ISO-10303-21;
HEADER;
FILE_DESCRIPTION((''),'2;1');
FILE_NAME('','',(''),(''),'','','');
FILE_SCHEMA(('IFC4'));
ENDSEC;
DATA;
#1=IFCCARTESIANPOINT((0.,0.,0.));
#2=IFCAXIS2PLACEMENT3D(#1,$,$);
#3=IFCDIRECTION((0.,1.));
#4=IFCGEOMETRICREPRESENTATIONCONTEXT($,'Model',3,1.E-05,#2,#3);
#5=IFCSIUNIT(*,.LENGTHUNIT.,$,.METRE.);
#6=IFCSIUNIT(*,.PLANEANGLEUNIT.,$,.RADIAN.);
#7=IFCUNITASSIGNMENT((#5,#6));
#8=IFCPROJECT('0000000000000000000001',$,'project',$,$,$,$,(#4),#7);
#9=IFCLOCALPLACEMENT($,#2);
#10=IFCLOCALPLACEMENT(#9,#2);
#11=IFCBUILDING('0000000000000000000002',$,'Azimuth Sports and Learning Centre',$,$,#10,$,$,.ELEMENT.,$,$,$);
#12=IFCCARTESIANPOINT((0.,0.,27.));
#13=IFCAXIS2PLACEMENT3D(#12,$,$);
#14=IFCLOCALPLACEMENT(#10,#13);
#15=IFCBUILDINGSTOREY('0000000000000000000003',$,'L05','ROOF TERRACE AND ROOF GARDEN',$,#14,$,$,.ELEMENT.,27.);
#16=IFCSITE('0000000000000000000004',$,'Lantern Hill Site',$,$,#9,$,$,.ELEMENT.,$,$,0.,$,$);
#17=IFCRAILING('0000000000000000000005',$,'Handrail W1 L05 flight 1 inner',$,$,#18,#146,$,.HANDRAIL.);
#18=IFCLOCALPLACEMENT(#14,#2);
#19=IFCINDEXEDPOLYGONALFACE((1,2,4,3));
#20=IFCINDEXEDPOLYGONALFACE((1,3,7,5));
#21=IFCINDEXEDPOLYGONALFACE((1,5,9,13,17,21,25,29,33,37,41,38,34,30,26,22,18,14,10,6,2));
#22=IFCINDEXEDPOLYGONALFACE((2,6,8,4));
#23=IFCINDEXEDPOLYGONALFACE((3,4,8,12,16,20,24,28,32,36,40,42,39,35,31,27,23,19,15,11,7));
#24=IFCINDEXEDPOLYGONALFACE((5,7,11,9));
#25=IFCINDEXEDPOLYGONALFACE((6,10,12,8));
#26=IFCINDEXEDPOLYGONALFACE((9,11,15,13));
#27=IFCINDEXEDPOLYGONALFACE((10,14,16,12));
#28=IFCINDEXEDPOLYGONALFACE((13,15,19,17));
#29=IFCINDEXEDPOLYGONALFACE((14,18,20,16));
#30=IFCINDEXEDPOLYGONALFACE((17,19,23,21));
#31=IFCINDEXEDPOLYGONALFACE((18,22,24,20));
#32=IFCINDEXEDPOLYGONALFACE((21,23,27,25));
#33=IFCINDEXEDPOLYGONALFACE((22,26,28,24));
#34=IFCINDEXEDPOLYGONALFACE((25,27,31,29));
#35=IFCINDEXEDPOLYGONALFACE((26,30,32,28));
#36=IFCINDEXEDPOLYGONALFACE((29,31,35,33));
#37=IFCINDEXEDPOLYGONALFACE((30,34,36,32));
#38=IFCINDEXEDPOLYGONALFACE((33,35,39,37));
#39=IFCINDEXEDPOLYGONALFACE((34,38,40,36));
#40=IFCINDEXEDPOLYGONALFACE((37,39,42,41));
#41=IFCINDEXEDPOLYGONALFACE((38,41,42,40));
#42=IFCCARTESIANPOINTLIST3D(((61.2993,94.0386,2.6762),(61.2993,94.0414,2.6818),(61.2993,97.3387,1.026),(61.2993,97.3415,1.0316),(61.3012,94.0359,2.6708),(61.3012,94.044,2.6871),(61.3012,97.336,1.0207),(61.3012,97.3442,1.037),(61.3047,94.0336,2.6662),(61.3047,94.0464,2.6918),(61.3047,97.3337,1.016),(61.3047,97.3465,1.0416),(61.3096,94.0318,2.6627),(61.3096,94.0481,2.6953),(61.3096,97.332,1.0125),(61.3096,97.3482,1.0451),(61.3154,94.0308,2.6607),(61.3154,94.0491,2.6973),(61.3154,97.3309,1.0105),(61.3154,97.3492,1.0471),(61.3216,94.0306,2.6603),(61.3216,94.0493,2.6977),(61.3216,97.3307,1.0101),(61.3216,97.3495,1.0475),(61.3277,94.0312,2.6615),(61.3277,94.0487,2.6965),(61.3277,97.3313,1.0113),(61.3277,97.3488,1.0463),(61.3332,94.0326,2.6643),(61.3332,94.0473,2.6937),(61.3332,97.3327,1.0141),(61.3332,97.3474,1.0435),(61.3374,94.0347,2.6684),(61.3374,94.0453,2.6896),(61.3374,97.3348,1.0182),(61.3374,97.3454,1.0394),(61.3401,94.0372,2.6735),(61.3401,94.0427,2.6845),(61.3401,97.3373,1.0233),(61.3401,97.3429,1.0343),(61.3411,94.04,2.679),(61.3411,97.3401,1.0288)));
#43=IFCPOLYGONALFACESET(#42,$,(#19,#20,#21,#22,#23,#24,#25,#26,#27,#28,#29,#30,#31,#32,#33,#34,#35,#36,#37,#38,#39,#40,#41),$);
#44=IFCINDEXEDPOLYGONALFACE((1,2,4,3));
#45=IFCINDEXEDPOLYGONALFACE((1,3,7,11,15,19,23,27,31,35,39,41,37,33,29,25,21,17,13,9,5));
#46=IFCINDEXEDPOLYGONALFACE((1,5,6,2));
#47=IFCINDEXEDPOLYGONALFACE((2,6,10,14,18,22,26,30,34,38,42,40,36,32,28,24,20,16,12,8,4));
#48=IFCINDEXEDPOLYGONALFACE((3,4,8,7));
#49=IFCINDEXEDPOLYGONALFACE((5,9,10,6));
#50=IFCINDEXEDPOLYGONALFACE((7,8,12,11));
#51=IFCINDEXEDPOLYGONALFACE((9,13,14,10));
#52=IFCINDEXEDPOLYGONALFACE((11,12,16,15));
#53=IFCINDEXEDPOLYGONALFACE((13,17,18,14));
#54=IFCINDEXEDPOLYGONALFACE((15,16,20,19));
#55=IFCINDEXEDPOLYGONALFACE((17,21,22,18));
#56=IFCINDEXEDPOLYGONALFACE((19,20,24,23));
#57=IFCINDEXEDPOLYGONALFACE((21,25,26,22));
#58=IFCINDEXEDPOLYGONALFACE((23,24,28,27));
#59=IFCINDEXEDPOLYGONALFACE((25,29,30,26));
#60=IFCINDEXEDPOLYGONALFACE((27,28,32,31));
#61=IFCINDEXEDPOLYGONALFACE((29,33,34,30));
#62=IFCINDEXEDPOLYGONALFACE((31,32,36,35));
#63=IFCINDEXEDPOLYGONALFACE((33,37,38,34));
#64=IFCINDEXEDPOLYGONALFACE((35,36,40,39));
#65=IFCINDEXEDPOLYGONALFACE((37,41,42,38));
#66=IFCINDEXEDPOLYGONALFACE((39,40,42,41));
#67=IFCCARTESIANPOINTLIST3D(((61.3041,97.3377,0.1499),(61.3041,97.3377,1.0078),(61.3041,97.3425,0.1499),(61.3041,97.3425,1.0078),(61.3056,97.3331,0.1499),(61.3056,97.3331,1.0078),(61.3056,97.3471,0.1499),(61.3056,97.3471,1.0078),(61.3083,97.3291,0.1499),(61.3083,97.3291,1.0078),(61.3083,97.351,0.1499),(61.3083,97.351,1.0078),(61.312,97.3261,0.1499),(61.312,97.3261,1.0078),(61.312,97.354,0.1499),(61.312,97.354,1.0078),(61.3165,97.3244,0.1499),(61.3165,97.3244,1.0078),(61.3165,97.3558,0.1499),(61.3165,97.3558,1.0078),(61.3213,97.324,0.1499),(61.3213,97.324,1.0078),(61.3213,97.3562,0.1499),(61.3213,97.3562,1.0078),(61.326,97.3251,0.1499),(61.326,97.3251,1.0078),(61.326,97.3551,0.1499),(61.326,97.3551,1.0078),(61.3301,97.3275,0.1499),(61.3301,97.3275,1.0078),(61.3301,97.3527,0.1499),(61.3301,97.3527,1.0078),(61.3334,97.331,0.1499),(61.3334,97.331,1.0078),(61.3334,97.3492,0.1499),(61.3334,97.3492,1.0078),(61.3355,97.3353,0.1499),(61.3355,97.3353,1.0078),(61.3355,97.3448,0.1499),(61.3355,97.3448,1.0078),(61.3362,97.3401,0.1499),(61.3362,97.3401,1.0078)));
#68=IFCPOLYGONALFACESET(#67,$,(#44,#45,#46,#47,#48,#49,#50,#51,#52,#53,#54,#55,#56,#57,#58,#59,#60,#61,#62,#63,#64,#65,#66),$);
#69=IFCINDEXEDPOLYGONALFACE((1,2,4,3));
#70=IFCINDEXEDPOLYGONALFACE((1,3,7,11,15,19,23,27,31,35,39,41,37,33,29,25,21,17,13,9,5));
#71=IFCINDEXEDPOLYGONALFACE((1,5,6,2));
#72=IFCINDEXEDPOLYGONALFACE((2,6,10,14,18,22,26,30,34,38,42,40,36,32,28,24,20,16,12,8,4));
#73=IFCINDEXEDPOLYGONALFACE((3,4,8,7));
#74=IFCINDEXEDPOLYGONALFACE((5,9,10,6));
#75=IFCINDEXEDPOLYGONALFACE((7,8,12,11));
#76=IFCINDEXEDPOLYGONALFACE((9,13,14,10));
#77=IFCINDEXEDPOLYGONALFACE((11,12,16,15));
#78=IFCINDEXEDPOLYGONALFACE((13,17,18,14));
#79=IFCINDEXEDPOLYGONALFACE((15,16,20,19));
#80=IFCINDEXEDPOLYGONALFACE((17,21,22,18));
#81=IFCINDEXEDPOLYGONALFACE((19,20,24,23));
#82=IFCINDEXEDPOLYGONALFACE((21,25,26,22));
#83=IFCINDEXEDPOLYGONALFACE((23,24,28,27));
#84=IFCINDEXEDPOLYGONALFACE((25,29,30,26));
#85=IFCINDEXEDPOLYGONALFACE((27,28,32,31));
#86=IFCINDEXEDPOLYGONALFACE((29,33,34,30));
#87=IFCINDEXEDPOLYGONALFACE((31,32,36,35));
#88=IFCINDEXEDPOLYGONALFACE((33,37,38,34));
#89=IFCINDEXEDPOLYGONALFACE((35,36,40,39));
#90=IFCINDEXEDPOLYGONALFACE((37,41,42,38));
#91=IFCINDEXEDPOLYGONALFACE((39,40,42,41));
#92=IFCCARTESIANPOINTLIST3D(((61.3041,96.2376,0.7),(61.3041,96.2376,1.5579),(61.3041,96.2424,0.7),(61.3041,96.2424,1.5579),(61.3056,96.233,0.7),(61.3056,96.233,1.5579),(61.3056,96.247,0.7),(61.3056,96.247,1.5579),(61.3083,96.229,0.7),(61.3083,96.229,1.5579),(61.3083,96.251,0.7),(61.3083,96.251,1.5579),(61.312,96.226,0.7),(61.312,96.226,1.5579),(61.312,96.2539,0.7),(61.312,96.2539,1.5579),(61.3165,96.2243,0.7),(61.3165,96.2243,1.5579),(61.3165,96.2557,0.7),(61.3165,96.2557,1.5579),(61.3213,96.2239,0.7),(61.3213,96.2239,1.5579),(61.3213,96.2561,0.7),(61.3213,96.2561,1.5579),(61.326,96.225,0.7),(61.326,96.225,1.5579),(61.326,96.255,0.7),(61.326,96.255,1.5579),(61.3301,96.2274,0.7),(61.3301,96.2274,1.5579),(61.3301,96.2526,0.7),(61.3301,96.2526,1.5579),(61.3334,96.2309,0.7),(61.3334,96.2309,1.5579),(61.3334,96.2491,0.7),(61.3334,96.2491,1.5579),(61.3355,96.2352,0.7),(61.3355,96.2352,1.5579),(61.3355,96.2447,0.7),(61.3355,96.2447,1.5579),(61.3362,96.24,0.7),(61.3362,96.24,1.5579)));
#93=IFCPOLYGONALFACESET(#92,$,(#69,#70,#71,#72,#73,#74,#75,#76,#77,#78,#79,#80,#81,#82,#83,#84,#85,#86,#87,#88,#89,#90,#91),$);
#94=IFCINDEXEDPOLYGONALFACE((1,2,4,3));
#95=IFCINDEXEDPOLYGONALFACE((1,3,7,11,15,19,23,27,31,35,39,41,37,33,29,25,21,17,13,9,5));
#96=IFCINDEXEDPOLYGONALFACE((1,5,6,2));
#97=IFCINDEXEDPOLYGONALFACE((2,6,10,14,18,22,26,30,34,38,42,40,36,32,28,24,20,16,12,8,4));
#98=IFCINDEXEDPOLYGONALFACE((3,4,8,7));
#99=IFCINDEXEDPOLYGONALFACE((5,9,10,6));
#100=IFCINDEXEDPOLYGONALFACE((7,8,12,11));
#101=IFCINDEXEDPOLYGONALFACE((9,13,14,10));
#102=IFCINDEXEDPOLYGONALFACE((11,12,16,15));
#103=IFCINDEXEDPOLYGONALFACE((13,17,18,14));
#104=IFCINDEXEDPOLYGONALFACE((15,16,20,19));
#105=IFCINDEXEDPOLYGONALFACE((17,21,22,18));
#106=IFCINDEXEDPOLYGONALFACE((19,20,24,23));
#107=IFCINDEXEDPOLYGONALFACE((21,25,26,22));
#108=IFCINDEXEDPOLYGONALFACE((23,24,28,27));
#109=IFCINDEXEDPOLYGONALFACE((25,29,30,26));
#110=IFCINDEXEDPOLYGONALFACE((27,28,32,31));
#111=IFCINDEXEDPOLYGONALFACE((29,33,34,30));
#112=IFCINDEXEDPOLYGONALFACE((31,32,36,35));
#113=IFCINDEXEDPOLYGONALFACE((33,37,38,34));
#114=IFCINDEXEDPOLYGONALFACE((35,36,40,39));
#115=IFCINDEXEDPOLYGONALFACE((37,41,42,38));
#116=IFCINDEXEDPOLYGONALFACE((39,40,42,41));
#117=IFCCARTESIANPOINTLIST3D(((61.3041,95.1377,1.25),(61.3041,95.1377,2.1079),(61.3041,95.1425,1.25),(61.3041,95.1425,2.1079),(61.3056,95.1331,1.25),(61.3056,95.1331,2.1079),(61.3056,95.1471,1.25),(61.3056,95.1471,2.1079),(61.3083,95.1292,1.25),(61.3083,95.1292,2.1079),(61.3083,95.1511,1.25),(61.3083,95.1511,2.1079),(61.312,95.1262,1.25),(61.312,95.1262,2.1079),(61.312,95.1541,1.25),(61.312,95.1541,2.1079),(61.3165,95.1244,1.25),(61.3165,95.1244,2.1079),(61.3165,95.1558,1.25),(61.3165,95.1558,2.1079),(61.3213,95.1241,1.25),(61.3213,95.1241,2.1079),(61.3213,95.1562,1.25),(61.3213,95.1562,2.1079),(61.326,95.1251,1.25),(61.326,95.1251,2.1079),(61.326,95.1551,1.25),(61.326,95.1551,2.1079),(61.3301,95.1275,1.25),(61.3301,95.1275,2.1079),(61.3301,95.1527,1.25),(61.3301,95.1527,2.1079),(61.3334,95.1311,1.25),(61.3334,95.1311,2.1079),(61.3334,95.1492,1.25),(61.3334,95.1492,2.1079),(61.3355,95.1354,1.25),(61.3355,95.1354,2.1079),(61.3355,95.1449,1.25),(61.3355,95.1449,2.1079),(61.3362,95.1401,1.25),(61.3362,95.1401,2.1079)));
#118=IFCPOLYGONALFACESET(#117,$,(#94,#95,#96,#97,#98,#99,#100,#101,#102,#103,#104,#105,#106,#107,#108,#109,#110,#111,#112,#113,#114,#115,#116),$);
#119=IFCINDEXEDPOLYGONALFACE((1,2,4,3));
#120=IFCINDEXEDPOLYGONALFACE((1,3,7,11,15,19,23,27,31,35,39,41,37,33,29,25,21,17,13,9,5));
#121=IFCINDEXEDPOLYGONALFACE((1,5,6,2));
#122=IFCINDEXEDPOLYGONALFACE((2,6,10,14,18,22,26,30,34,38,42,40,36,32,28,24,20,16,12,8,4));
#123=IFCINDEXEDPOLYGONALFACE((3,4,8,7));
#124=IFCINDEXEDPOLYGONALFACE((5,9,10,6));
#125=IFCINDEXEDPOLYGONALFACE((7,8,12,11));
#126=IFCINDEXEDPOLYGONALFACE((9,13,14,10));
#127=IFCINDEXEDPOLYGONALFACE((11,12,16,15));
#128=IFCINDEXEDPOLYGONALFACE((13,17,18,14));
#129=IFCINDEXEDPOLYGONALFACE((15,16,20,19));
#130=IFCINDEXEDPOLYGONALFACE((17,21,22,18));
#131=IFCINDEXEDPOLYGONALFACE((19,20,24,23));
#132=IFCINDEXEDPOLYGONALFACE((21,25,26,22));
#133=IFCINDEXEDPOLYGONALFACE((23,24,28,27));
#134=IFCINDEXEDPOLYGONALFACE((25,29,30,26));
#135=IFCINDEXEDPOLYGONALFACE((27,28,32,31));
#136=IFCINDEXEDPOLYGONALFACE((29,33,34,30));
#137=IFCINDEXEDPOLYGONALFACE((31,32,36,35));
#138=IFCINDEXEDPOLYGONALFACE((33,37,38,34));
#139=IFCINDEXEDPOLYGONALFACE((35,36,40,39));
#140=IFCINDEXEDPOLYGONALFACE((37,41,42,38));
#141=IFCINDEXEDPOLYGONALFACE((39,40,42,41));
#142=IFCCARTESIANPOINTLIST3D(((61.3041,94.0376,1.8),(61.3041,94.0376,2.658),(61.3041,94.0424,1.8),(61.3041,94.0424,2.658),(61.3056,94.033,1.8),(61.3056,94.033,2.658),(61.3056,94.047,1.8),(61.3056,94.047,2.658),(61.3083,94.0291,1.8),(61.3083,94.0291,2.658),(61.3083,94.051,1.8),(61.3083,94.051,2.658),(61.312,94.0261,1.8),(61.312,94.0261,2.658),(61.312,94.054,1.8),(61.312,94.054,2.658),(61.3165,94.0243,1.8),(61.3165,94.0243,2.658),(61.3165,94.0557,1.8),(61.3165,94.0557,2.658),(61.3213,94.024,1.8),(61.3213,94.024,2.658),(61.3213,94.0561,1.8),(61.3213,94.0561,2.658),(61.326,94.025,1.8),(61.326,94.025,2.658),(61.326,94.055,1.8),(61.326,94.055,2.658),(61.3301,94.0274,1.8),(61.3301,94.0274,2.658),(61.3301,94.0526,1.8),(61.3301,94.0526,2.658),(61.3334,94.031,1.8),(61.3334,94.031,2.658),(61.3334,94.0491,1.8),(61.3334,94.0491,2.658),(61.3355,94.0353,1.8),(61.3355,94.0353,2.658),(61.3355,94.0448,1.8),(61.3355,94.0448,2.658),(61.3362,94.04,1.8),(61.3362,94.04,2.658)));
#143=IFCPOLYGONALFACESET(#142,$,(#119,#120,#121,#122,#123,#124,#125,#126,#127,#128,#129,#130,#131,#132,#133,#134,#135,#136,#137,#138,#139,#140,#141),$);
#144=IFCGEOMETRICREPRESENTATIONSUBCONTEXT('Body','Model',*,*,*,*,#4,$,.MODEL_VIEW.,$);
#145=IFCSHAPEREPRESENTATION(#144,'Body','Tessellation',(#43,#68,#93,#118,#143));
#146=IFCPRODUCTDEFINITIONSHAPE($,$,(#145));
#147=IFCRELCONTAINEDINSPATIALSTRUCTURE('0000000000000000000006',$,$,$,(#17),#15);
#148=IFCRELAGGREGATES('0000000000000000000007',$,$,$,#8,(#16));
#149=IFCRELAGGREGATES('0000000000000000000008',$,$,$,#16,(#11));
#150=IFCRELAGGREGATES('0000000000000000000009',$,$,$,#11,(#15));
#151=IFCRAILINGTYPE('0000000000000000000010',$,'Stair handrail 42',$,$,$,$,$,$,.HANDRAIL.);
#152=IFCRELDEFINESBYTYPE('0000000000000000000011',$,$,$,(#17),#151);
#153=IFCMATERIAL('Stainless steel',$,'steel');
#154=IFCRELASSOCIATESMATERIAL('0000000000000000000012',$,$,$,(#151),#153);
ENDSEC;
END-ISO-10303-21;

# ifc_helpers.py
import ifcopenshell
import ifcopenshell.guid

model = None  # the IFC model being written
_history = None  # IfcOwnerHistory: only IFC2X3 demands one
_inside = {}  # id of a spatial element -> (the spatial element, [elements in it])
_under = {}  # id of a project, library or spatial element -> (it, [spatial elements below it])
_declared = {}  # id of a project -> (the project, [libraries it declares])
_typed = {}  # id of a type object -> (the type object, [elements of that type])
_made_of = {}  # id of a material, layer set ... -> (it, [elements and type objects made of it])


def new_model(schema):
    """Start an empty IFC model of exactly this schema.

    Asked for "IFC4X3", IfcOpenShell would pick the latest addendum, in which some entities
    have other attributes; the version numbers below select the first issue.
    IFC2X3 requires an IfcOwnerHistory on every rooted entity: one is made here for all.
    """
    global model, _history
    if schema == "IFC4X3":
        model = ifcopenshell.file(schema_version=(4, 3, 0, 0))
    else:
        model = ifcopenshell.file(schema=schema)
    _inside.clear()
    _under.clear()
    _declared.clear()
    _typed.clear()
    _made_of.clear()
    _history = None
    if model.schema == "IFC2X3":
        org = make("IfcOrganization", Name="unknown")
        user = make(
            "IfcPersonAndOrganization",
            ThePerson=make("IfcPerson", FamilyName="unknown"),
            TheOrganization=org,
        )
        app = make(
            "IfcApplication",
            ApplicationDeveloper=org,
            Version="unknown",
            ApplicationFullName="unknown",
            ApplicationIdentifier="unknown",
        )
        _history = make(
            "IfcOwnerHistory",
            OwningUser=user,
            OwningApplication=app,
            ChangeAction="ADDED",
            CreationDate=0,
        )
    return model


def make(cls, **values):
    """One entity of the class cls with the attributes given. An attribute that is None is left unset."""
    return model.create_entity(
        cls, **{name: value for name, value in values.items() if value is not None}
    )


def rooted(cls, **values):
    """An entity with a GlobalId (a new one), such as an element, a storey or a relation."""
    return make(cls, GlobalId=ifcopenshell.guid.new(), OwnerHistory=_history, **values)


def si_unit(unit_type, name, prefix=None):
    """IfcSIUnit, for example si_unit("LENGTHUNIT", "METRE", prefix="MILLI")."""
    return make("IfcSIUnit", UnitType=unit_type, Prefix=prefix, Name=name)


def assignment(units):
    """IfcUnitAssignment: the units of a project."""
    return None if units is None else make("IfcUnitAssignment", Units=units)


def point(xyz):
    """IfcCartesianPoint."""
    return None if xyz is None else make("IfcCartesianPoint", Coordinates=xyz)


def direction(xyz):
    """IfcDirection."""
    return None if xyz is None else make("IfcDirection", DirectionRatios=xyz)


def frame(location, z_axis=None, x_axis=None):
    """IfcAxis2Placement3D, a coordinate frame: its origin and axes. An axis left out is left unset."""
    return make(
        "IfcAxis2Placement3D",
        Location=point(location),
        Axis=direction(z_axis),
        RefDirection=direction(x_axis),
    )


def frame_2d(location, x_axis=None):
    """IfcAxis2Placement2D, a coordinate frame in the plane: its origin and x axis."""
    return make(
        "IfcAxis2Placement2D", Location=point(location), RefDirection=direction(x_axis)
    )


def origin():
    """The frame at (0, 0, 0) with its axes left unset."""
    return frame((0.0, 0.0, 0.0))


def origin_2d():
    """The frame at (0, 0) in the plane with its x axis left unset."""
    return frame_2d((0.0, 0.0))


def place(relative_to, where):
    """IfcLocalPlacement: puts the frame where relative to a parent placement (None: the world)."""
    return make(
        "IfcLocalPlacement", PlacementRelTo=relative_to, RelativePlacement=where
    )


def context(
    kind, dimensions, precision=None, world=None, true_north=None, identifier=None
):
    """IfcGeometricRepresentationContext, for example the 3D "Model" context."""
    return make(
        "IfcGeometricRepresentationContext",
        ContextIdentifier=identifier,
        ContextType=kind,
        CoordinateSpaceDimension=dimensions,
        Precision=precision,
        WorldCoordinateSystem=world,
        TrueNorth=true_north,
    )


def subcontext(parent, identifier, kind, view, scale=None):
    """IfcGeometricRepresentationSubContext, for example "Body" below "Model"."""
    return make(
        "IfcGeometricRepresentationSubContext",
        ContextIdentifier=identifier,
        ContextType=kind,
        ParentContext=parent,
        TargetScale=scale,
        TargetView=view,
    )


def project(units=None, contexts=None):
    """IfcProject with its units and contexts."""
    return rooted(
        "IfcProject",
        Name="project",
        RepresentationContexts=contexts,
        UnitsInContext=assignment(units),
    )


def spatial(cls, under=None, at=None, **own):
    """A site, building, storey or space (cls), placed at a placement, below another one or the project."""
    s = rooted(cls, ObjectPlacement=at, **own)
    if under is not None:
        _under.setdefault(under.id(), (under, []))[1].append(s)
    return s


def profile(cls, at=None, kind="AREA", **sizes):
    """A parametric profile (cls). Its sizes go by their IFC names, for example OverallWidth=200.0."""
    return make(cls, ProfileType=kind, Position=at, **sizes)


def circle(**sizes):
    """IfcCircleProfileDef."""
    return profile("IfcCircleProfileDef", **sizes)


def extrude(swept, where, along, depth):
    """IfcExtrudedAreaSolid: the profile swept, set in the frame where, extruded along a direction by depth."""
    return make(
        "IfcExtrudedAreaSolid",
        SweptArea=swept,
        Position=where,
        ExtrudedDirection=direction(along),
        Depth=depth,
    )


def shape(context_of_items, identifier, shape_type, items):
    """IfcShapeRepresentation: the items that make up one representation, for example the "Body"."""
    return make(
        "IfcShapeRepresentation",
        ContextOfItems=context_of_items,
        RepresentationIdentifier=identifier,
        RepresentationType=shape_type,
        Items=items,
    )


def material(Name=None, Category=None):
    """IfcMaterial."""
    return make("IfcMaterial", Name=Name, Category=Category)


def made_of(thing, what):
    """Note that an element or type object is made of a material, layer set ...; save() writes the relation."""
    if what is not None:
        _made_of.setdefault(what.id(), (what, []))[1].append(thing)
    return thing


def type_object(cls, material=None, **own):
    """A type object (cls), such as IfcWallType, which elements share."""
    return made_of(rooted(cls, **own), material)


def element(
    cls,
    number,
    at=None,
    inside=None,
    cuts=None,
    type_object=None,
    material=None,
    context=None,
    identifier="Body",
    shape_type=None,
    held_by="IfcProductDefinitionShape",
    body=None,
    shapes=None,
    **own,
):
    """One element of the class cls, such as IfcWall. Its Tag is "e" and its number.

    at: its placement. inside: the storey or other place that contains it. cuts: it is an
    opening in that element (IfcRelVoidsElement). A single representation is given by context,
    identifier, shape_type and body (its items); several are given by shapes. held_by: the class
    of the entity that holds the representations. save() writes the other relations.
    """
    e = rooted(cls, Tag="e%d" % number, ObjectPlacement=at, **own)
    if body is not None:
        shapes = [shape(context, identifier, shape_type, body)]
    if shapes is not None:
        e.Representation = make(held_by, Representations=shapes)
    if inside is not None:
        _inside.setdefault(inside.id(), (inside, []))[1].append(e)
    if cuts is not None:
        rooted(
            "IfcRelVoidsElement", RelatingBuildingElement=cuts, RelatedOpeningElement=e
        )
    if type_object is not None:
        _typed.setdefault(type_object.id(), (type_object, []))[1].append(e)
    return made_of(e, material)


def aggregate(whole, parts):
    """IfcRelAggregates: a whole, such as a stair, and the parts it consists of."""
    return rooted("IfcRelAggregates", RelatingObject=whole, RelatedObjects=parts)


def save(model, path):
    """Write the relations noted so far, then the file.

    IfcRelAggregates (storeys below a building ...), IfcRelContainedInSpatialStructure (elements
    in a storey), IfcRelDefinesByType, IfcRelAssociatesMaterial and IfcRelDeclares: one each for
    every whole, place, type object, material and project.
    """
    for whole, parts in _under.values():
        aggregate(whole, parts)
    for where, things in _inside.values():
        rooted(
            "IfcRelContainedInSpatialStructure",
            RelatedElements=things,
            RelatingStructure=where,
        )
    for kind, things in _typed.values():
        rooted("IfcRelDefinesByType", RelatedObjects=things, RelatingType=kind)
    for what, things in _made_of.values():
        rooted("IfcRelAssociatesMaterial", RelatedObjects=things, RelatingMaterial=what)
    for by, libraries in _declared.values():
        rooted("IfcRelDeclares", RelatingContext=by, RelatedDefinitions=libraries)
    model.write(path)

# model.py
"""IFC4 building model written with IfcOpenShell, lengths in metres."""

from ifc_helpers import new_model, si_unit, direction, frame, origin, origin_2d, place, context, subcontext, project, spatial, circle, extrude, material, type_object, element, save


model = new_model("IFC4")

# Units and contexts
model_context = context("Model", 3, precision=1e-05, world=origin(), true_north=direction((0.0, 1.0)))
body_context = subcontext(model_context, "Body", "Model", "MODEL_VIEW")
ifc_project = project(units=[si_unit("LENGTHUNIT", "METRE"), si_unit("PLANEANGLEUNIT", "RADIAN")], contexts=[model_context])

# Site, building, storey
site_placement = place(None, origin())
site = spatial("IfcSite", under=ifc_project, at=site_placement, Name="Lantern Hill Site", CompositionType="ELEMENT", RefElevation=0.0)
building_placement = place(site_placement, origin())
building = spatial("IfcBuilding", under=site, at=building_placement, Name="Azimuth Sports and Learning Centre", CompositionType="ELEMENT")
storey_placement = place(building_placement, frame((0.0, 0.0, 27.0)))
storey = spatial("IfcBuildingStorey", under=building, at=storey_placement, Name="L05", Description="ROOF TERRACE AND ROOF GARDEN", CompositionType="ELEMENT", Elevation=27.0)

# Railing
ifc_material_1 = material(Name="Stainless steel", Category="steel")
railing_type_1 = type_object("IfcRailingType", Name="Stair handrail 42", PredefinedType="HANDRAIL", material=ifc_material_1)
railing_1_placement = place(storey_placement, frame((61.3201, 97.3401, 0.1499)))
element("IfcRailing", 1, at=railing_1_placement, inside=storey, type_object=railing_type_1, Name="Handrail W1 L05 flight 1 inner", PredefinedType="HANDRAIL", context=body_context, shape_type="SweptSolid", body=[
    extrude(circle(Radius=0.021, at=origin_2d()), frame((0.0, 0.0, 0.8789), z_axis=(0.0, -0.894414, 0.44724), x_axis=(1.0, 0.0, 0.0)), (0.0, 0.0, 1.0), 3.6897),
    extrude(circle(Radius=0.0161, at=origin_2d()), origin(), (0.0, 0.0, 1.0), 0.8579),
    extrude(circle(Radius=0.0161, at=origin_2d()), frame((0.0, -1.1001, 0.55)), (0.0, 0.0, 1.0), 0.8579),
    extrude(circle(Radius=0.0161, at=origin_2d()), frame((0.0, -2.2, 1.1001)), (0.0, 0.0, 1.0), 0.8579),
    extrude(circle(Radius=0.0161, at=origin_2d()), frame((0.0, -3.3, 1.6501)), (0.0, 0.0, 1.0), 0.8579),
])

save(model, "model.ifc")
